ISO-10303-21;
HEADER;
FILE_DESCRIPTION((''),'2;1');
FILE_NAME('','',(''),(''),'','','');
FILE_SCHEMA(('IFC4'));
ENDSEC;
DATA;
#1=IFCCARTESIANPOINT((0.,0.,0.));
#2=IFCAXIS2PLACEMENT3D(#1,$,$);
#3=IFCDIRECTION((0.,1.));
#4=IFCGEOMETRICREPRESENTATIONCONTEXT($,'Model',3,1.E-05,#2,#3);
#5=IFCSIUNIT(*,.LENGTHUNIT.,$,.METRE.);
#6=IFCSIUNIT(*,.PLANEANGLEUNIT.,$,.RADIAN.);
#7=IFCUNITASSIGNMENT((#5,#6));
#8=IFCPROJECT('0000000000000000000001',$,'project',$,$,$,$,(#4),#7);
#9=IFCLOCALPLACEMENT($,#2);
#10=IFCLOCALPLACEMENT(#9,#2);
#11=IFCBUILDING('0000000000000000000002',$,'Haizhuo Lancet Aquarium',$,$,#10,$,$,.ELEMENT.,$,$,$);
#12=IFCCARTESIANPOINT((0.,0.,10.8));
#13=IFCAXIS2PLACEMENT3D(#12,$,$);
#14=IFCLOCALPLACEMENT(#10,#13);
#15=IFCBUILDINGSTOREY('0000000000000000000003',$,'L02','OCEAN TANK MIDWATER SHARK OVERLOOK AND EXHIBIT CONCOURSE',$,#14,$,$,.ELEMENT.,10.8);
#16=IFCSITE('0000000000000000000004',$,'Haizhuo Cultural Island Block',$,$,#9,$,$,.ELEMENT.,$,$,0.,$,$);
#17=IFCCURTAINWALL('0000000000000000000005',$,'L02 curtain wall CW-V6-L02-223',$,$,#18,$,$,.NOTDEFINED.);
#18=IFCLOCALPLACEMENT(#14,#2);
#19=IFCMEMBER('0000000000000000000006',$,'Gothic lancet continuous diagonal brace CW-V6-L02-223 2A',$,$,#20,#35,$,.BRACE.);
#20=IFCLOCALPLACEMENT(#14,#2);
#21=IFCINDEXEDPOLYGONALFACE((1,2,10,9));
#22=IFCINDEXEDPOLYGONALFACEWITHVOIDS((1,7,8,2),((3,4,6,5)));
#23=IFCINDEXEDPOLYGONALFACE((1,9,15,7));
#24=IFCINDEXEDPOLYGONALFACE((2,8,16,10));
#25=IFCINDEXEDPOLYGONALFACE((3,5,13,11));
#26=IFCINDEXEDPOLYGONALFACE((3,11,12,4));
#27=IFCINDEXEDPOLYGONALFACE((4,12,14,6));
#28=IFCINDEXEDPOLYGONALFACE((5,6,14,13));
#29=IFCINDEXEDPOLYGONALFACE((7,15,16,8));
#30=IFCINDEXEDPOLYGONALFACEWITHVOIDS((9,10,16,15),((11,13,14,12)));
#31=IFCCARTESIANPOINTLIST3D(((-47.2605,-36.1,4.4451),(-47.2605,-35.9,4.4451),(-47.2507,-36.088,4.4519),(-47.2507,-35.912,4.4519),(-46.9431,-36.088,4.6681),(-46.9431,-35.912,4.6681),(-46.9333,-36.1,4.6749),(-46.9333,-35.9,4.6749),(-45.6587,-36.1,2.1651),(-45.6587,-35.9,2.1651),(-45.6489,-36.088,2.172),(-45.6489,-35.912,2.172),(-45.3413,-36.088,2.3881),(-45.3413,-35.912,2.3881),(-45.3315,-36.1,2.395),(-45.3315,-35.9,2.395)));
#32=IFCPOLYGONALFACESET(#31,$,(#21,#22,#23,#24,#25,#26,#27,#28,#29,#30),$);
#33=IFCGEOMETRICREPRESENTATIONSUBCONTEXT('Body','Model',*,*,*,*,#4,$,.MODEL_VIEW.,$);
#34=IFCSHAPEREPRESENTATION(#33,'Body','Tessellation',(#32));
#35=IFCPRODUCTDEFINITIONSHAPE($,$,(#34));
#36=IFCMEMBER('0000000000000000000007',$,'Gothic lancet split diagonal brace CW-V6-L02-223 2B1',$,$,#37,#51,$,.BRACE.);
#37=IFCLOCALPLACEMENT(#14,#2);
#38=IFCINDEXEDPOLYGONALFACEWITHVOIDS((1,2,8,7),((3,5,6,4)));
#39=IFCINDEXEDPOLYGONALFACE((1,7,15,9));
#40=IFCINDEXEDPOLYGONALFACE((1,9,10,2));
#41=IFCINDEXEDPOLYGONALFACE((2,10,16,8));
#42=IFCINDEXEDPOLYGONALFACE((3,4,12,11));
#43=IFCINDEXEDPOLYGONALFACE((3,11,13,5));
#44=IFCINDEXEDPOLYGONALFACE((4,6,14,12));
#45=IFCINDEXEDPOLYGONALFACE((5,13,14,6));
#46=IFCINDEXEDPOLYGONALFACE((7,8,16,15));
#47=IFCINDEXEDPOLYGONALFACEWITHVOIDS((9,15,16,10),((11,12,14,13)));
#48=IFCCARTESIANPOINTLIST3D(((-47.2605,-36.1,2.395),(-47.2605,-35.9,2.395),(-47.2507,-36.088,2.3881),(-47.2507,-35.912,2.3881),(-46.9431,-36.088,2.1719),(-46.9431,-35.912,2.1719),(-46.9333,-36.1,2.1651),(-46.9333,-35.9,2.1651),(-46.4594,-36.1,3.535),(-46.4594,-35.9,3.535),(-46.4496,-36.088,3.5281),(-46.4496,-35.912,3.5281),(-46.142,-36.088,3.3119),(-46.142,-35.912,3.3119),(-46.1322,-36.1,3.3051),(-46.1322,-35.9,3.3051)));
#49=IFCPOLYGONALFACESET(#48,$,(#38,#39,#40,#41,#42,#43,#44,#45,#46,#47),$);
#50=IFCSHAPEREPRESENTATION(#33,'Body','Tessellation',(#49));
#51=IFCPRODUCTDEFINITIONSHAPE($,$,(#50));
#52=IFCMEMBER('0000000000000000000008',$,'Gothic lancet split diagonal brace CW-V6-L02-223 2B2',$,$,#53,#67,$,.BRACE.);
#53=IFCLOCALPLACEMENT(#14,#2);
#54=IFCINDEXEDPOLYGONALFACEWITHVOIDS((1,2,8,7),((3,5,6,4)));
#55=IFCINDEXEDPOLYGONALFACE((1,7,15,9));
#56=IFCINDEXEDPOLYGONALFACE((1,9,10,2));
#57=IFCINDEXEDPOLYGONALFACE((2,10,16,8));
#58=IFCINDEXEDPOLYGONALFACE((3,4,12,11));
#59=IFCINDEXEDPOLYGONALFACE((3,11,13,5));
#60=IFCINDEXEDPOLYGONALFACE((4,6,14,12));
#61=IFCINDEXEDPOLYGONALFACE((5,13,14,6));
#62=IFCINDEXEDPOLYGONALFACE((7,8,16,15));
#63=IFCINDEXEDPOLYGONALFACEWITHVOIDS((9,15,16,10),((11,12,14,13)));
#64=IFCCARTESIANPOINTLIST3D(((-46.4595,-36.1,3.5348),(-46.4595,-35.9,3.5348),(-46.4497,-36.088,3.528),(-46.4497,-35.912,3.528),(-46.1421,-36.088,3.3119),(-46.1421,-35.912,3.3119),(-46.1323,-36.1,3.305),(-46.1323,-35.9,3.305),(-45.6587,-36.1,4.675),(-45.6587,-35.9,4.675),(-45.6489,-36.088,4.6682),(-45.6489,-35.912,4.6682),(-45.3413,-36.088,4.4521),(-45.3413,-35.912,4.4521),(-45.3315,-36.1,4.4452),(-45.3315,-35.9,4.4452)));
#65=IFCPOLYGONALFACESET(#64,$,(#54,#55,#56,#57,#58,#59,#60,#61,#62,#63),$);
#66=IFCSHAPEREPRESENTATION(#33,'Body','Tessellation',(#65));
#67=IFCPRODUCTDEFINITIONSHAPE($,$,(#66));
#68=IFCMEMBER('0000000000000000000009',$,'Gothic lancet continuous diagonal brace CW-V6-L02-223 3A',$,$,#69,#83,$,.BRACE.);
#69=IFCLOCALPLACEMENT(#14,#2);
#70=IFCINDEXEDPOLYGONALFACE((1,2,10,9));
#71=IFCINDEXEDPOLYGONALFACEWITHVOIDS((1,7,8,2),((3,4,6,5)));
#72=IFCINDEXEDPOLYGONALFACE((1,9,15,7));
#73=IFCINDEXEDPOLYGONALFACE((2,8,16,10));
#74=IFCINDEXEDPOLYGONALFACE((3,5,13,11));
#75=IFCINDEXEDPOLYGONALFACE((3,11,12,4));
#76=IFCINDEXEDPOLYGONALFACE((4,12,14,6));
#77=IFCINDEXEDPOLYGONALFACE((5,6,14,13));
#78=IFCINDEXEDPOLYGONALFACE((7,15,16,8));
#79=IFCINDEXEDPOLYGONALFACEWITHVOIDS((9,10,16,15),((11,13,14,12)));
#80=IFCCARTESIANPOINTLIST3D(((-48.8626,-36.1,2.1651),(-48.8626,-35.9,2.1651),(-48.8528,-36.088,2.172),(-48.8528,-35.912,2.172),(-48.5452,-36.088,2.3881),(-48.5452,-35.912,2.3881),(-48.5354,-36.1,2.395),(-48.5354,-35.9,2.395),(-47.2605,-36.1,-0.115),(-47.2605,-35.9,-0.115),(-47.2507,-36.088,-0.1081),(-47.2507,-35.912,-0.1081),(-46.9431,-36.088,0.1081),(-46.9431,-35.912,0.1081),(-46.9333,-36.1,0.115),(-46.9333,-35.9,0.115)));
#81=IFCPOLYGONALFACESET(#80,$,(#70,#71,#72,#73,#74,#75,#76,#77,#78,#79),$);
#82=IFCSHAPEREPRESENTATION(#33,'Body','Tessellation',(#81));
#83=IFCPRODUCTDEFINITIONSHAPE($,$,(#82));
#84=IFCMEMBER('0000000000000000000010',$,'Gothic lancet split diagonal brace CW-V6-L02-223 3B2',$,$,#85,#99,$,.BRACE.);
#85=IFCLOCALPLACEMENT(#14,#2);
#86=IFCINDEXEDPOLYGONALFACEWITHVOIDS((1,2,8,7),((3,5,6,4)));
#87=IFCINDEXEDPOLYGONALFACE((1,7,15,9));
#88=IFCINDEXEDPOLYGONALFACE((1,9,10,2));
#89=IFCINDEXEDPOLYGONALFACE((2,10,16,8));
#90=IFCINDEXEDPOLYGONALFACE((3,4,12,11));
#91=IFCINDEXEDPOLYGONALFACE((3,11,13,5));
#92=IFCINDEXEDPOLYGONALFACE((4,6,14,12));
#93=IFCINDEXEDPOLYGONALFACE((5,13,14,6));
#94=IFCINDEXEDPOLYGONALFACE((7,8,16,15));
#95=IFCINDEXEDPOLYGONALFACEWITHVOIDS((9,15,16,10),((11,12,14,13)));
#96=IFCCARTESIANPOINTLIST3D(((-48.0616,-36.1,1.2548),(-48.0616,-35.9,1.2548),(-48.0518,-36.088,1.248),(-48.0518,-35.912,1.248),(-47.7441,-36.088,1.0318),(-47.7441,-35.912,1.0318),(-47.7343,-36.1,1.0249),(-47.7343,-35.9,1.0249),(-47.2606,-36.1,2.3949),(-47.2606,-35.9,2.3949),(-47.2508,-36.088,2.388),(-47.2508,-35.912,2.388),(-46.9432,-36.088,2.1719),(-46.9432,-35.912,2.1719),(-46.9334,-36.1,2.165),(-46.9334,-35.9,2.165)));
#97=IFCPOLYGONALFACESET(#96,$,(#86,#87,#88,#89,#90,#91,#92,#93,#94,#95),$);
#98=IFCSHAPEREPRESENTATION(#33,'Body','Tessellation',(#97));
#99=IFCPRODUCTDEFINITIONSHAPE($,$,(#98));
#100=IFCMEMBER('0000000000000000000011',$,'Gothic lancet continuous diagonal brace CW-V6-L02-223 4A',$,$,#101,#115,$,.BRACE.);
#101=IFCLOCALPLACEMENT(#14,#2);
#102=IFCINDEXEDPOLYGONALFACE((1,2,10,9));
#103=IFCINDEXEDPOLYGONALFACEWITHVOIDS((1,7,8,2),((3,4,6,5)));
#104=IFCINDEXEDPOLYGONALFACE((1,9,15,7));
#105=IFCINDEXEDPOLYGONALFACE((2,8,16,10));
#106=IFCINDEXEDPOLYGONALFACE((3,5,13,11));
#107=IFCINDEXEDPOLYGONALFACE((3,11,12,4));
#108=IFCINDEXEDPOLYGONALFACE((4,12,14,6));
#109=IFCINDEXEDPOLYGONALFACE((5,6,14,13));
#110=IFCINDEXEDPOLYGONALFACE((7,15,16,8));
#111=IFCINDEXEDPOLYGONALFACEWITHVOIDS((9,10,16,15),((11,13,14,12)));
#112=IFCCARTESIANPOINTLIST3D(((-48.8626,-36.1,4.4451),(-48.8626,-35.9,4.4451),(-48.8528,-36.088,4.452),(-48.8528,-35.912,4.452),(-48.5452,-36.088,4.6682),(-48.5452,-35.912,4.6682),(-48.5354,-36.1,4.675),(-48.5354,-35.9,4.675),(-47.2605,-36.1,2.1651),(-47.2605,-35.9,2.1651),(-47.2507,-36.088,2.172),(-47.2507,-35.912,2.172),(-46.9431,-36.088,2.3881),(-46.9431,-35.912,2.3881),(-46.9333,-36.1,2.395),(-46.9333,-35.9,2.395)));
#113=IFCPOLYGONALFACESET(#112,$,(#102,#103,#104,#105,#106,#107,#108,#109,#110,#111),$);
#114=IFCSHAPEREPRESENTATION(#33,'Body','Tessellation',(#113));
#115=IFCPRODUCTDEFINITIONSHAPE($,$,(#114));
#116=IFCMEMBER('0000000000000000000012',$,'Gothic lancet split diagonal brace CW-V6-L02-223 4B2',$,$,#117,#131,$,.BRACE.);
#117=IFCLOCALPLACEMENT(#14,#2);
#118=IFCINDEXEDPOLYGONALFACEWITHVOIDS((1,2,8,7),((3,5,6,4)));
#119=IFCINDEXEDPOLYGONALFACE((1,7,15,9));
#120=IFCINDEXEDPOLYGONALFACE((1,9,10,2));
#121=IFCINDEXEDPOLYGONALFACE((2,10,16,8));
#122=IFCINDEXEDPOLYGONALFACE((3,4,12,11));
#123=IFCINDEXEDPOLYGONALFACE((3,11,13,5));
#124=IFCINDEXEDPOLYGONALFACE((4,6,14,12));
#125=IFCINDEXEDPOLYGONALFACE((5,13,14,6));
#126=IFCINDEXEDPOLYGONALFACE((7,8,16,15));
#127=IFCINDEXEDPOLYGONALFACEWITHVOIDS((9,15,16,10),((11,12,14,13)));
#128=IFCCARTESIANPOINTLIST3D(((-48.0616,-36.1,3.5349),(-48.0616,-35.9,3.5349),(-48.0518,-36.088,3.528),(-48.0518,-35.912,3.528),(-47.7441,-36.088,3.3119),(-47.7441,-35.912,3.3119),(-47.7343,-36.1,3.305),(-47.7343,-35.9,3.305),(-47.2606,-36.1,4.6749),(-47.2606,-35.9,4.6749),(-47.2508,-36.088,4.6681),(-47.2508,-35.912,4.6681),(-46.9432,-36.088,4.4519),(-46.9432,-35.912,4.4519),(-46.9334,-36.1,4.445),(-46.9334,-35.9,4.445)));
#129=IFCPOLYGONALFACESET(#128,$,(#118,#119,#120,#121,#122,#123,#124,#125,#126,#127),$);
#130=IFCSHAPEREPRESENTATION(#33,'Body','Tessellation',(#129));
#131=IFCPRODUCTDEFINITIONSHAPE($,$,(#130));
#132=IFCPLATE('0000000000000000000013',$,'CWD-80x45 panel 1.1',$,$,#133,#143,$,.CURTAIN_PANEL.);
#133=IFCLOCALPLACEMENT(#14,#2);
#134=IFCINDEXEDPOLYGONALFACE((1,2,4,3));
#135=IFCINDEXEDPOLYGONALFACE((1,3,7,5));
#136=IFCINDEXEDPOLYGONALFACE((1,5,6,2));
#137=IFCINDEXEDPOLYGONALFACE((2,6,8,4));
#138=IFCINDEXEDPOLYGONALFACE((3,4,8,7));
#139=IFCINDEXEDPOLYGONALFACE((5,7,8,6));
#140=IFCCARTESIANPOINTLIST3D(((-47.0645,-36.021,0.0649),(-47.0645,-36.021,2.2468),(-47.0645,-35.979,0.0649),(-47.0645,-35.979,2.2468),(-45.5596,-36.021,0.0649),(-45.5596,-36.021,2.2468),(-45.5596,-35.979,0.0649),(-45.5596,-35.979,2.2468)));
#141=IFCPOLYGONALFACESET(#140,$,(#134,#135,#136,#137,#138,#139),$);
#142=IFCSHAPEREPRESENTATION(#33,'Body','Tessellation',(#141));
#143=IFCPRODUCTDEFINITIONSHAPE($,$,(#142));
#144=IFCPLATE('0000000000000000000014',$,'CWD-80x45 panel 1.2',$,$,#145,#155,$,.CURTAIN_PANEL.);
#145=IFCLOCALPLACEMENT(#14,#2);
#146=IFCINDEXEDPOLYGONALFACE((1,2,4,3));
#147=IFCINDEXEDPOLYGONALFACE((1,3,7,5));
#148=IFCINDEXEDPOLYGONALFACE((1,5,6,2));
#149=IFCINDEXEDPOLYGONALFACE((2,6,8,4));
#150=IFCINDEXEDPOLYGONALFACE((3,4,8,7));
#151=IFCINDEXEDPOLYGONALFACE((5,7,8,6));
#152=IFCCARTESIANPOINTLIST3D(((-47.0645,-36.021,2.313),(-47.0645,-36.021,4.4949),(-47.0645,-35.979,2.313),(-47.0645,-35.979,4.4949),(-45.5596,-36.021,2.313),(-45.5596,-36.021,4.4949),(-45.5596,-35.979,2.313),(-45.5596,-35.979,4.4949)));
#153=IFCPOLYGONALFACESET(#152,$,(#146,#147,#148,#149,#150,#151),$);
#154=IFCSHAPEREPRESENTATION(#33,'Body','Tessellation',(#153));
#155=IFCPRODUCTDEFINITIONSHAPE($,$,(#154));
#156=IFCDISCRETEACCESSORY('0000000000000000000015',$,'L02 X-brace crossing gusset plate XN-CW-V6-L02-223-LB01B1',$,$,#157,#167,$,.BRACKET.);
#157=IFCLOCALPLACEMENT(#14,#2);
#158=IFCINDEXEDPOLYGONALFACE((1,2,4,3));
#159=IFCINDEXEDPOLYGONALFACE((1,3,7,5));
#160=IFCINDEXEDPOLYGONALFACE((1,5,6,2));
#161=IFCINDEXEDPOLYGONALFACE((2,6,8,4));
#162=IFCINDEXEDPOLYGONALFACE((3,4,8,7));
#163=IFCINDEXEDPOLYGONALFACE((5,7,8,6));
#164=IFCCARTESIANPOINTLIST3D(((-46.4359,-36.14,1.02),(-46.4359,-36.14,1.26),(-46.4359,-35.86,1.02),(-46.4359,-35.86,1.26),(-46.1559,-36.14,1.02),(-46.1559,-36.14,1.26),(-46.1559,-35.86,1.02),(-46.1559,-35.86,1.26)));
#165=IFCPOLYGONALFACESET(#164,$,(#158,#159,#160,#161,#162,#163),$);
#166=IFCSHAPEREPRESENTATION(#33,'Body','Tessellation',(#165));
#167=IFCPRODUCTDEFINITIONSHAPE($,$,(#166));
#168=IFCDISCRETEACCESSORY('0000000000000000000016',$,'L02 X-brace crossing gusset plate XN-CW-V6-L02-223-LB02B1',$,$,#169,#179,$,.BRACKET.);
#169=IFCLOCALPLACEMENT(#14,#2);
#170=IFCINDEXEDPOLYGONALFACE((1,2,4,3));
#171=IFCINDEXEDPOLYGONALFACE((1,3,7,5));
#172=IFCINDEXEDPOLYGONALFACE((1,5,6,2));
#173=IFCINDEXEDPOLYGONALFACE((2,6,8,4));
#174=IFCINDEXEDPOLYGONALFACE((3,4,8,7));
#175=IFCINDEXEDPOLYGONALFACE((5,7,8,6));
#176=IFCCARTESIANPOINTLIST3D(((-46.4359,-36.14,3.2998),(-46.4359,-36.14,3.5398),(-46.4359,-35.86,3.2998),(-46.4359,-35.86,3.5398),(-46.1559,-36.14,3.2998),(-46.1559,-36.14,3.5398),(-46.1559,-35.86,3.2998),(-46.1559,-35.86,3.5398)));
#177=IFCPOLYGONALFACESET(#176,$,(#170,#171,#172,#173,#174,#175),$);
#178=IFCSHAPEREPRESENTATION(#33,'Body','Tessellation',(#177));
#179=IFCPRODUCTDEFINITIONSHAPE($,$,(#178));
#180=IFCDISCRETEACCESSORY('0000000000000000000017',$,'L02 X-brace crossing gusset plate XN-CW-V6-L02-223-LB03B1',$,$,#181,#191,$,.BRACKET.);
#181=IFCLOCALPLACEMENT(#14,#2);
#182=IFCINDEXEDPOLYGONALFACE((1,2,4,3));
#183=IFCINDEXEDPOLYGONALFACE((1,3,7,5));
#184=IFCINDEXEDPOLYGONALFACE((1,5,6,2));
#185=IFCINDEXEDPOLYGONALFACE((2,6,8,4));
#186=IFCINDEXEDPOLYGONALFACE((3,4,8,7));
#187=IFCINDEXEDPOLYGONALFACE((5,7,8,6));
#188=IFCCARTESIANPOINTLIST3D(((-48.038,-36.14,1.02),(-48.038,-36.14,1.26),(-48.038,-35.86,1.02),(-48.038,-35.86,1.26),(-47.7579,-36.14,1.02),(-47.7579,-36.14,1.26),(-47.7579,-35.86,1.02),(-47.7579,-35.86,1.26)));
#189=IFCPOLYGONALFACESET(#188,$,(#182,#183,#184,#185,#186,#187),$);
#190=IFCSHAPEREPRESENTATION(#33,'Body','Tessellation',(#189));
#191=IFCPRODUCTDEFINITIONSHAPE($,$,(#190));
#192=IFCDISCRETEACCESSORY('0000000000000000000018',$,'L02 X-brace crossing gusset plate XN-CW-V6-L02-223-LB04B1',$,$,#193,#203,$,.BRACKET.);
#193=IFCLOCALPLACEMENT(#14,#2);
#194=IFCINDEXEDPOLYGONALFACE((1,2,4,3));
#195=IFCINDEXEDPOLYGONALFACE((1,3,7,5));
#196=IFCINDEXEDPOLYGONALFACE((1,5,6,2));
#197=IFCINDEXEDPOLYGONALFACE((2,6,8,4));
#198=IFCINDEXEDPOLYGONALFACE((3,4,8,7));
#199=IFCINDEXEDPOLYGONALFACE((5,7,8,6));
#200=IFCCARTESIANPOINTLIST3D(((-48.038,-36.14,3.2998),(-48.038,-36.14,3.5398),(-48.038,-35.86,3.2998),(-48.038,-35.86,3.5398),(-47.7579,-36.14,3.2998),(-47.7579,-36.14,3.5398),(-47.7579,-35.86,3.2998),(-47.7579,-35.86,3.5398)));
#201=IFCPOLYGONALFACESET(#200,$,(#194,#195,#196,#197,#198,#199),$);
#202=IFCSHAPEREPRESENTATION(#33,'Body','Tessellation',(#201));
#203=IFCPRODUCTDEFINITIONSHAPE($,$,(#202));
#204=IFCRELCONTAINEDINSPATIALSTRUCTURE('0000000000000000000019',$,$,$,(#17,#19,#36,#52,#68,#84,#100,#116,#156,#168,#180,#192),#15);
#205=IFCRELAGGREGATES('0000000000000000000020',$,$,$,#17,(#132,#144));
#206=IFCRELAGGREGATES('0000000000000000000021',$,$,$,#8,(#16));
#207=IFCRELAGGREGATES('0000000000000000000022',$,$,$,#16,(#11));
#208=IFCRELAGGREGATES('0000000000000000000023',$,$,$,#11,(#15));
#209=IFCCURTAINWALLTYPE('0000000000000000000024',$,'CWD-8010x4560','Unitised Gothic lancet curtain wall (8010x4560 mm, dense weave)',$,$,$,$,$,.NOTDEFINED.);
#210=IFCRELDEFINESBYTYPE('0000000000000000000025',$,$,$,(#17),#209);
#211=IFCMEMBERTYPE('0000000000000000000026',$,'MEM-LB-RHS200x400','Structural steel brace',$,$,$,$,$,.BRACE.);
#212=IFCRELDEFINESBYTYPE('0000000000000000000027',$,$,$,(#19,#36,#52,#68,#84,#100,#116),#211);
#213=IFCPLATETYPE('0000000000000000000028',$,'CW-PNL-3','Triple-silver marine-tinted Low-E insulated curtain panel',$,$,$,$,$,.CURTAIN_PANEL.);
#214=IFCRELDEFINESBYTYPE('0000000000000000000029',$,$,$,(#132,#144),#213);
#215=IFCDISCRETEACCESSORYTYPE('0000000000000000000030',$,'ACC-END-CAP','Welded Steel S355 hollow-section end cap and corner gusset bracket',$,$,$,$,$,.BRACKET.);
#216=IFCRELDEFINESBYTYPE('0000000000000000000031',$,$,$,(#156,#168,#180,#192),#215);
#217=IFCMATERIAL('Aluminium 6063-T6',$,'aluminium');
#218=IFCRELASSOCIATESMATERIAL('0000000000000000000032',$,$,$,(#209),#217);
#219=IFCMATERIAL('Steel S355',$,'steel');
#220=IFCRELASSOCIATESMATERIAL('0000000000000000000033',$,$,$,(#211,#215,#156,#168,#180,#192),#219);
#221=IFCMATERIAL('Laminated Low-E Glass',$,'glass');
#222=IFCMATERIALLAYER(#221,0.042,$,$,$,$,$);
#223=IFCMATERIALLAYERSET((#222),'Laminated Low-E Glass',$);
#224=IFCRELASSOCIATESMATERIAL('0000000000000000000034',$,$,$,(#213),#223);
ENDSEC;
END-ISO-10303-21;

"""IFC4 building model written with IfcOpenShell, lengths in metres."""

from ifc_helpers import new_model, si_unit, direction, frame, origin, origin_2d, place, context, subcontext, project, spatial, rectangle, hollow_rectangle, extrude, material, layer, layer_set, material_profile, profile_set, type_object, element, aggregate, save


model = new_model("IFC4")

# Units and contexts
model_context = context("Model", 3, precision=1e-05, world=origin(), true_north=direction((0.0, 1.0)))
body_context = subcontext(model_context, "Body", "Model", "MODEL_VIEW")
ifc_project = project(units=[si_unit("LENGTHUNIT", "METRE"), si_unit("PLANEANGLEUNIT", "RADIAN")], contexts=[model_context])

# Site, building, storey
site_placement = place(None, origin())
site = spatial("IfcSite", under=ifc_project, at=site_placement, Name="Haizhuo Cultural Island Block", CompositionType="ELEMENT", RefElevation=0.0)
building_placement = place(site_placement, origin())
building = spatial("IfcBuilding", under=site, at=building_placement, Name="Haizhuo Lancet Aquarium", CompositionType="ELEMENT")
storey_placement = place(building_placement, frame((0.0, 0.0, 10.8)))
storey = spatial("IfcBuildingStorey", under=building, at=storey_placement, Name="L02", Description="OCEAN TANK MIDWATER SHARK OVERLOOK AND EXHIBIT CONCOURSE", CompositionType="ELEMENT", Elevation=10.8)

# Curtain wall
ifc_material_1 = material(Name="Aluminium 6063-T6", Category="aluminium")
curtain_wall_type = type_object("IfcCurtainWallType", Name="CWD-8010x4560", Description="Unitised Gothic lancet curtain wall (8010x4560 mm, dense weave)", PredefinedType="NOTDEFINED", material=ifc_material_1)
curtain_wall_placement = place(storey_placement, origin())
curtain_wall = element("IfcCurtainWall", 1, at=curtain_wall_placement, inside=storey, type_object=curtain_wall_type, Name="L02 curtain wall CW-V6-L02-223", PredefinedType="NOTDEFINED")

# Members
ifc_material_2 = material(Name="Steel S355", Category="steel")
ifc_material_profile_1 = material_profile(ifc_material_2, hollow_rectangle(XDim=0.2, YDim=0.3999, WallThickness=0.012, at=origin_2d()), Name="RHS 200x400x12")
ifc_profile_set_1 = profile_set([ifc_material_profile_1], Name="Steel S355")
member_type_1 = type_object("IfcMemberType", Name="MEM-LB-RHS200x400", Description="Structural steel brace", PredefinedType="BRACE", material=ifc_profile_set_1)
member_1_placement = place(storey_placement, frame((-45.4951, -36.0, 2.28), z_axis=(-0.574855, 0.0, 0.818255), x_axis=(0.0, -1.0, 0.0)))
element("IfcMember", 2, at=member_1_placement, inside=storey, type_object=member_type_1, Name="Gothic lancet continuous diagonal brace CW-V6-L02-223 2A", PredefinedType="BRACE", context=body_context, shape_type="SweptSolid", body=[
    extrude(hollow_rectangle(XDim=0.2, YDim=0.3999, WallThickness=0.012, at=origin_2d()), origin(), (0.0, 0.0, 1.0), 2.7864),
])
for number, where, z_axis, x_axis, name in (
    (3, (-47.0969, -36.0, 2.28), (0.574955, 0.0, 0.818185), (0.0, 1.0, 0.0), "Gothic lancet split diagonal brace CW-V6-L02-223 2B1"),
    (4, (-46.2959, -36.0, 3.4199), (0.574755, 0.0, 0.818325), (0.0, 1.0, 0.0), "Gothic lancet split diagonal brace CW-V6-L02-223 2B2"),
):
    element("IfcMember", number, at=place(storey_placement, frame(where, z_axis=z_axis, x_axis=x_axis)), inside=storey, type_object=member_type_1, Name=name, PredefinedType="BRACE", context=body_context, shape_type="SweptSolid", body=[
        extrude(hollow_rectangle(XDim=0.2, YDim=0.3999, WallThickness=0.012, at=origin_2d()), origin(), (0.0, 0.0, 1.0), 1.3933),
    ])
member_2_placement = place(storey_placement, frame((-47.0969, -36.0, 0.0), z_axis=(-0.574914, 0.0, 0.818214), x_axis=(0.0, -1.0, 0.0)))
element("IfcMember", 5, at=member_2_placement, inside=storey, type_object=member_type_1, Name="Gothic lancet continuous diagonal brace CW-V6-L02-223 3A", PredefinedType="BRACE", context=body_context, shape_type="SweptSolid", body=[
    extrude(hollow_rectangle(XDim=0.2, YDim=0.3999, WallThickness=0.012, at=origin_2d()), origin(), (0.0, 0.0, 1.0), 2.7866),
])
member_3_placement = place(storey_placement, frame((-47.8979, -36.0, 1.1399), z_axis=(0.574873, 0.0, 0.818243), x_axis=(0.0, 1.0, 0.0)))
element("IfcMember", 6, at=member_3_placement, inside=storey, type_object=member_type_1, Name="Gothic lancet split diagonal brace CW-V6-L02-223 3B2", PredefinedType="BRACE", context=body_context, shape_type="SweptSolid", body=[
    extrude(hollow_rectangle(XDim=0.2, YDim=0.3999, WallThickness=0.012, at=origin_2d()), origin(), (0.0, 0.0, 1.0), 1.3933),
])
member_4_placement = place(storey_placement, frame((-47.0969, -36.0, 2.28), z_axis=(-0.574914, 0.0, 0.818214), x_axis=(0.0, -1.0, 0.0)))
element("IfcMember", 7, at=member_4_placement, inside=storey, type_object=member_type_1, Name="Gothic lancet continuous diagonal brace CW-V6-L02-223 4A", PredefinedType="BRACE", context=body_context, shape_type="SweptSolid", body=[
    extrude(hollow_rectangle(XDim=0.2, YDim=0.3999, WallThickness=0.012, at=origin_2d()), origin(), (0.0, 0.0, 1.0), 2.7866),
])
member_5_placement = place(storey_placement, frame((-47.8979, -36.0, 3.4199), z_axis=(0.574873, 0.0, 0.818243), x_axis=(0.0, 1.0, 0.0)))
element("IfcMember", 8, at=member_5_placement, inside=storey, type_object=member_type_1, Name="Gothic lancet split diagonal brace CW-V6-L02-223 4B2", PredefinedType="BRACE", context=body_context, shape_type="SweptSolid", body=[
    extrude(hollow_rectangle(XDim=0.2, YDim=0.3999, WallThickness=0.012, at=origin_2d()), origin(), (0.0, 0.0, 1.0), 1.3933),
])

# Plates
ifc_material_3 = material(Name="Laminated Low-E Glass", Category="glass")
ifc_layer = layer(ifc_material_3, 0.042)
ifc_layer_set = layer_set([ifc_layer], Name="Laminated Low-E Glass")
plate_type = type_object("IfcPlateType", Name="CW-PNL-3", Description="Triple-silver marine-tinted Low-E insulated curtain panel", PredefinedType="CURTAIN_PANEL", material=ifc_layer_set)
plate_1_placement = place(storey_placement, frame((-46.312, -36.0, 0.0649), z_axis=(0.0, 0.0, 1.0), x_axis=(-1.0, 0.0, 0.0)))
plate_1 = element("IfcPlate", 9, at=plate_1_placement, type_object=plate_type, Name="CWD-80x45 panel 1.1", PredefinedType="CURTAIN_PANEL", context=body_context, shape_type="SweptSolid", body=[
    extrude(rectangle(XDim=1.5049, YDim=0.042, at=origin_2d()), origin(), (0.0, 0.0, 1.0), 2.1819),
])
plate_2_placement = place(storey_placement, frame((-46.312, -36.0, 2.313), z_axis=(0.0, 0.0, 1.0), x_axis=(-1.0, 0.0, 0.0)))
plate_2 = element("IfcPlate", 10, at=plate_2_placement, type_object=plate_type, Name="CWD-80x45 panel 1.2", PredefinedType="CURTAIN_PANEL", context=body_context, shape_type="SweptSolid", body=[
    extrude(rectangle(XDim=1.5049, YDim=0.042, at=origin_2d()), origin(), (0.0, 0.0, 1.0), 2.1819),
])
aggregate(curtain_wall, [plate_1, plate_2])

# Discrete accessories
discrete_accessory_type = type_object("IfcDiscreteAccessoryType", Name="ACC-END-CAP", Description="Welded Steel S355 hollow-section end cap and corner gusset bracket", PredefinedType="BRACKET", material=ifc_material_2)
for number, where, z_axis, x_axis, name in (
    (11, (-46.2959, -36.0, 1.02), (0.0, 0.0, 1.0), (1.0, 0.0, 0.0), "L02 X-brace crossing gusset plate XN-CW-V6-L02-223-LB01B1"),
    (12, (-46.2959, -36.0, 3.2998), (0.0, 0.0, 1.0), (1.0, 0.0, 0.0), "L02 X-brace crossing gusset plate XN-CW-V6-L02-223-LB02B1"),
    (13, (-47.8979, -36.0, 1.02), (0.0, 0.0, 1.0), (1.0, 0.0, 0.0), "L02 X-brace crossing gusset plate XN-CW-V6-L02-223-LB03B1"),
    (14, (-47.8979, -36.0, 3.2998), (0.0, 0.0, 1.0), (1.0, 0.0, 0.0), "L02 X-brace crossing gusset plate XN-CW-V6-L02-223-LB04B1"),
):
    element("IfcDiscreteAccessory", number, at=place(storey_placement, frame(where, z_axis=z_axis, x_axis=x_axis)), inside=storey, type_object=discrete_accessory_type, material=ifc_material_2, Name=name, PredefinedType="BRACKET", context=body_context, shape_type="SweptSolid", body=[
        extrude(rectangle(XDim=0.28, YDim=0.28, at=origin_2d()), origin(), (0.0, 0.0, 1.0), 0.24),
    ])

save(model, "model.ifc")
